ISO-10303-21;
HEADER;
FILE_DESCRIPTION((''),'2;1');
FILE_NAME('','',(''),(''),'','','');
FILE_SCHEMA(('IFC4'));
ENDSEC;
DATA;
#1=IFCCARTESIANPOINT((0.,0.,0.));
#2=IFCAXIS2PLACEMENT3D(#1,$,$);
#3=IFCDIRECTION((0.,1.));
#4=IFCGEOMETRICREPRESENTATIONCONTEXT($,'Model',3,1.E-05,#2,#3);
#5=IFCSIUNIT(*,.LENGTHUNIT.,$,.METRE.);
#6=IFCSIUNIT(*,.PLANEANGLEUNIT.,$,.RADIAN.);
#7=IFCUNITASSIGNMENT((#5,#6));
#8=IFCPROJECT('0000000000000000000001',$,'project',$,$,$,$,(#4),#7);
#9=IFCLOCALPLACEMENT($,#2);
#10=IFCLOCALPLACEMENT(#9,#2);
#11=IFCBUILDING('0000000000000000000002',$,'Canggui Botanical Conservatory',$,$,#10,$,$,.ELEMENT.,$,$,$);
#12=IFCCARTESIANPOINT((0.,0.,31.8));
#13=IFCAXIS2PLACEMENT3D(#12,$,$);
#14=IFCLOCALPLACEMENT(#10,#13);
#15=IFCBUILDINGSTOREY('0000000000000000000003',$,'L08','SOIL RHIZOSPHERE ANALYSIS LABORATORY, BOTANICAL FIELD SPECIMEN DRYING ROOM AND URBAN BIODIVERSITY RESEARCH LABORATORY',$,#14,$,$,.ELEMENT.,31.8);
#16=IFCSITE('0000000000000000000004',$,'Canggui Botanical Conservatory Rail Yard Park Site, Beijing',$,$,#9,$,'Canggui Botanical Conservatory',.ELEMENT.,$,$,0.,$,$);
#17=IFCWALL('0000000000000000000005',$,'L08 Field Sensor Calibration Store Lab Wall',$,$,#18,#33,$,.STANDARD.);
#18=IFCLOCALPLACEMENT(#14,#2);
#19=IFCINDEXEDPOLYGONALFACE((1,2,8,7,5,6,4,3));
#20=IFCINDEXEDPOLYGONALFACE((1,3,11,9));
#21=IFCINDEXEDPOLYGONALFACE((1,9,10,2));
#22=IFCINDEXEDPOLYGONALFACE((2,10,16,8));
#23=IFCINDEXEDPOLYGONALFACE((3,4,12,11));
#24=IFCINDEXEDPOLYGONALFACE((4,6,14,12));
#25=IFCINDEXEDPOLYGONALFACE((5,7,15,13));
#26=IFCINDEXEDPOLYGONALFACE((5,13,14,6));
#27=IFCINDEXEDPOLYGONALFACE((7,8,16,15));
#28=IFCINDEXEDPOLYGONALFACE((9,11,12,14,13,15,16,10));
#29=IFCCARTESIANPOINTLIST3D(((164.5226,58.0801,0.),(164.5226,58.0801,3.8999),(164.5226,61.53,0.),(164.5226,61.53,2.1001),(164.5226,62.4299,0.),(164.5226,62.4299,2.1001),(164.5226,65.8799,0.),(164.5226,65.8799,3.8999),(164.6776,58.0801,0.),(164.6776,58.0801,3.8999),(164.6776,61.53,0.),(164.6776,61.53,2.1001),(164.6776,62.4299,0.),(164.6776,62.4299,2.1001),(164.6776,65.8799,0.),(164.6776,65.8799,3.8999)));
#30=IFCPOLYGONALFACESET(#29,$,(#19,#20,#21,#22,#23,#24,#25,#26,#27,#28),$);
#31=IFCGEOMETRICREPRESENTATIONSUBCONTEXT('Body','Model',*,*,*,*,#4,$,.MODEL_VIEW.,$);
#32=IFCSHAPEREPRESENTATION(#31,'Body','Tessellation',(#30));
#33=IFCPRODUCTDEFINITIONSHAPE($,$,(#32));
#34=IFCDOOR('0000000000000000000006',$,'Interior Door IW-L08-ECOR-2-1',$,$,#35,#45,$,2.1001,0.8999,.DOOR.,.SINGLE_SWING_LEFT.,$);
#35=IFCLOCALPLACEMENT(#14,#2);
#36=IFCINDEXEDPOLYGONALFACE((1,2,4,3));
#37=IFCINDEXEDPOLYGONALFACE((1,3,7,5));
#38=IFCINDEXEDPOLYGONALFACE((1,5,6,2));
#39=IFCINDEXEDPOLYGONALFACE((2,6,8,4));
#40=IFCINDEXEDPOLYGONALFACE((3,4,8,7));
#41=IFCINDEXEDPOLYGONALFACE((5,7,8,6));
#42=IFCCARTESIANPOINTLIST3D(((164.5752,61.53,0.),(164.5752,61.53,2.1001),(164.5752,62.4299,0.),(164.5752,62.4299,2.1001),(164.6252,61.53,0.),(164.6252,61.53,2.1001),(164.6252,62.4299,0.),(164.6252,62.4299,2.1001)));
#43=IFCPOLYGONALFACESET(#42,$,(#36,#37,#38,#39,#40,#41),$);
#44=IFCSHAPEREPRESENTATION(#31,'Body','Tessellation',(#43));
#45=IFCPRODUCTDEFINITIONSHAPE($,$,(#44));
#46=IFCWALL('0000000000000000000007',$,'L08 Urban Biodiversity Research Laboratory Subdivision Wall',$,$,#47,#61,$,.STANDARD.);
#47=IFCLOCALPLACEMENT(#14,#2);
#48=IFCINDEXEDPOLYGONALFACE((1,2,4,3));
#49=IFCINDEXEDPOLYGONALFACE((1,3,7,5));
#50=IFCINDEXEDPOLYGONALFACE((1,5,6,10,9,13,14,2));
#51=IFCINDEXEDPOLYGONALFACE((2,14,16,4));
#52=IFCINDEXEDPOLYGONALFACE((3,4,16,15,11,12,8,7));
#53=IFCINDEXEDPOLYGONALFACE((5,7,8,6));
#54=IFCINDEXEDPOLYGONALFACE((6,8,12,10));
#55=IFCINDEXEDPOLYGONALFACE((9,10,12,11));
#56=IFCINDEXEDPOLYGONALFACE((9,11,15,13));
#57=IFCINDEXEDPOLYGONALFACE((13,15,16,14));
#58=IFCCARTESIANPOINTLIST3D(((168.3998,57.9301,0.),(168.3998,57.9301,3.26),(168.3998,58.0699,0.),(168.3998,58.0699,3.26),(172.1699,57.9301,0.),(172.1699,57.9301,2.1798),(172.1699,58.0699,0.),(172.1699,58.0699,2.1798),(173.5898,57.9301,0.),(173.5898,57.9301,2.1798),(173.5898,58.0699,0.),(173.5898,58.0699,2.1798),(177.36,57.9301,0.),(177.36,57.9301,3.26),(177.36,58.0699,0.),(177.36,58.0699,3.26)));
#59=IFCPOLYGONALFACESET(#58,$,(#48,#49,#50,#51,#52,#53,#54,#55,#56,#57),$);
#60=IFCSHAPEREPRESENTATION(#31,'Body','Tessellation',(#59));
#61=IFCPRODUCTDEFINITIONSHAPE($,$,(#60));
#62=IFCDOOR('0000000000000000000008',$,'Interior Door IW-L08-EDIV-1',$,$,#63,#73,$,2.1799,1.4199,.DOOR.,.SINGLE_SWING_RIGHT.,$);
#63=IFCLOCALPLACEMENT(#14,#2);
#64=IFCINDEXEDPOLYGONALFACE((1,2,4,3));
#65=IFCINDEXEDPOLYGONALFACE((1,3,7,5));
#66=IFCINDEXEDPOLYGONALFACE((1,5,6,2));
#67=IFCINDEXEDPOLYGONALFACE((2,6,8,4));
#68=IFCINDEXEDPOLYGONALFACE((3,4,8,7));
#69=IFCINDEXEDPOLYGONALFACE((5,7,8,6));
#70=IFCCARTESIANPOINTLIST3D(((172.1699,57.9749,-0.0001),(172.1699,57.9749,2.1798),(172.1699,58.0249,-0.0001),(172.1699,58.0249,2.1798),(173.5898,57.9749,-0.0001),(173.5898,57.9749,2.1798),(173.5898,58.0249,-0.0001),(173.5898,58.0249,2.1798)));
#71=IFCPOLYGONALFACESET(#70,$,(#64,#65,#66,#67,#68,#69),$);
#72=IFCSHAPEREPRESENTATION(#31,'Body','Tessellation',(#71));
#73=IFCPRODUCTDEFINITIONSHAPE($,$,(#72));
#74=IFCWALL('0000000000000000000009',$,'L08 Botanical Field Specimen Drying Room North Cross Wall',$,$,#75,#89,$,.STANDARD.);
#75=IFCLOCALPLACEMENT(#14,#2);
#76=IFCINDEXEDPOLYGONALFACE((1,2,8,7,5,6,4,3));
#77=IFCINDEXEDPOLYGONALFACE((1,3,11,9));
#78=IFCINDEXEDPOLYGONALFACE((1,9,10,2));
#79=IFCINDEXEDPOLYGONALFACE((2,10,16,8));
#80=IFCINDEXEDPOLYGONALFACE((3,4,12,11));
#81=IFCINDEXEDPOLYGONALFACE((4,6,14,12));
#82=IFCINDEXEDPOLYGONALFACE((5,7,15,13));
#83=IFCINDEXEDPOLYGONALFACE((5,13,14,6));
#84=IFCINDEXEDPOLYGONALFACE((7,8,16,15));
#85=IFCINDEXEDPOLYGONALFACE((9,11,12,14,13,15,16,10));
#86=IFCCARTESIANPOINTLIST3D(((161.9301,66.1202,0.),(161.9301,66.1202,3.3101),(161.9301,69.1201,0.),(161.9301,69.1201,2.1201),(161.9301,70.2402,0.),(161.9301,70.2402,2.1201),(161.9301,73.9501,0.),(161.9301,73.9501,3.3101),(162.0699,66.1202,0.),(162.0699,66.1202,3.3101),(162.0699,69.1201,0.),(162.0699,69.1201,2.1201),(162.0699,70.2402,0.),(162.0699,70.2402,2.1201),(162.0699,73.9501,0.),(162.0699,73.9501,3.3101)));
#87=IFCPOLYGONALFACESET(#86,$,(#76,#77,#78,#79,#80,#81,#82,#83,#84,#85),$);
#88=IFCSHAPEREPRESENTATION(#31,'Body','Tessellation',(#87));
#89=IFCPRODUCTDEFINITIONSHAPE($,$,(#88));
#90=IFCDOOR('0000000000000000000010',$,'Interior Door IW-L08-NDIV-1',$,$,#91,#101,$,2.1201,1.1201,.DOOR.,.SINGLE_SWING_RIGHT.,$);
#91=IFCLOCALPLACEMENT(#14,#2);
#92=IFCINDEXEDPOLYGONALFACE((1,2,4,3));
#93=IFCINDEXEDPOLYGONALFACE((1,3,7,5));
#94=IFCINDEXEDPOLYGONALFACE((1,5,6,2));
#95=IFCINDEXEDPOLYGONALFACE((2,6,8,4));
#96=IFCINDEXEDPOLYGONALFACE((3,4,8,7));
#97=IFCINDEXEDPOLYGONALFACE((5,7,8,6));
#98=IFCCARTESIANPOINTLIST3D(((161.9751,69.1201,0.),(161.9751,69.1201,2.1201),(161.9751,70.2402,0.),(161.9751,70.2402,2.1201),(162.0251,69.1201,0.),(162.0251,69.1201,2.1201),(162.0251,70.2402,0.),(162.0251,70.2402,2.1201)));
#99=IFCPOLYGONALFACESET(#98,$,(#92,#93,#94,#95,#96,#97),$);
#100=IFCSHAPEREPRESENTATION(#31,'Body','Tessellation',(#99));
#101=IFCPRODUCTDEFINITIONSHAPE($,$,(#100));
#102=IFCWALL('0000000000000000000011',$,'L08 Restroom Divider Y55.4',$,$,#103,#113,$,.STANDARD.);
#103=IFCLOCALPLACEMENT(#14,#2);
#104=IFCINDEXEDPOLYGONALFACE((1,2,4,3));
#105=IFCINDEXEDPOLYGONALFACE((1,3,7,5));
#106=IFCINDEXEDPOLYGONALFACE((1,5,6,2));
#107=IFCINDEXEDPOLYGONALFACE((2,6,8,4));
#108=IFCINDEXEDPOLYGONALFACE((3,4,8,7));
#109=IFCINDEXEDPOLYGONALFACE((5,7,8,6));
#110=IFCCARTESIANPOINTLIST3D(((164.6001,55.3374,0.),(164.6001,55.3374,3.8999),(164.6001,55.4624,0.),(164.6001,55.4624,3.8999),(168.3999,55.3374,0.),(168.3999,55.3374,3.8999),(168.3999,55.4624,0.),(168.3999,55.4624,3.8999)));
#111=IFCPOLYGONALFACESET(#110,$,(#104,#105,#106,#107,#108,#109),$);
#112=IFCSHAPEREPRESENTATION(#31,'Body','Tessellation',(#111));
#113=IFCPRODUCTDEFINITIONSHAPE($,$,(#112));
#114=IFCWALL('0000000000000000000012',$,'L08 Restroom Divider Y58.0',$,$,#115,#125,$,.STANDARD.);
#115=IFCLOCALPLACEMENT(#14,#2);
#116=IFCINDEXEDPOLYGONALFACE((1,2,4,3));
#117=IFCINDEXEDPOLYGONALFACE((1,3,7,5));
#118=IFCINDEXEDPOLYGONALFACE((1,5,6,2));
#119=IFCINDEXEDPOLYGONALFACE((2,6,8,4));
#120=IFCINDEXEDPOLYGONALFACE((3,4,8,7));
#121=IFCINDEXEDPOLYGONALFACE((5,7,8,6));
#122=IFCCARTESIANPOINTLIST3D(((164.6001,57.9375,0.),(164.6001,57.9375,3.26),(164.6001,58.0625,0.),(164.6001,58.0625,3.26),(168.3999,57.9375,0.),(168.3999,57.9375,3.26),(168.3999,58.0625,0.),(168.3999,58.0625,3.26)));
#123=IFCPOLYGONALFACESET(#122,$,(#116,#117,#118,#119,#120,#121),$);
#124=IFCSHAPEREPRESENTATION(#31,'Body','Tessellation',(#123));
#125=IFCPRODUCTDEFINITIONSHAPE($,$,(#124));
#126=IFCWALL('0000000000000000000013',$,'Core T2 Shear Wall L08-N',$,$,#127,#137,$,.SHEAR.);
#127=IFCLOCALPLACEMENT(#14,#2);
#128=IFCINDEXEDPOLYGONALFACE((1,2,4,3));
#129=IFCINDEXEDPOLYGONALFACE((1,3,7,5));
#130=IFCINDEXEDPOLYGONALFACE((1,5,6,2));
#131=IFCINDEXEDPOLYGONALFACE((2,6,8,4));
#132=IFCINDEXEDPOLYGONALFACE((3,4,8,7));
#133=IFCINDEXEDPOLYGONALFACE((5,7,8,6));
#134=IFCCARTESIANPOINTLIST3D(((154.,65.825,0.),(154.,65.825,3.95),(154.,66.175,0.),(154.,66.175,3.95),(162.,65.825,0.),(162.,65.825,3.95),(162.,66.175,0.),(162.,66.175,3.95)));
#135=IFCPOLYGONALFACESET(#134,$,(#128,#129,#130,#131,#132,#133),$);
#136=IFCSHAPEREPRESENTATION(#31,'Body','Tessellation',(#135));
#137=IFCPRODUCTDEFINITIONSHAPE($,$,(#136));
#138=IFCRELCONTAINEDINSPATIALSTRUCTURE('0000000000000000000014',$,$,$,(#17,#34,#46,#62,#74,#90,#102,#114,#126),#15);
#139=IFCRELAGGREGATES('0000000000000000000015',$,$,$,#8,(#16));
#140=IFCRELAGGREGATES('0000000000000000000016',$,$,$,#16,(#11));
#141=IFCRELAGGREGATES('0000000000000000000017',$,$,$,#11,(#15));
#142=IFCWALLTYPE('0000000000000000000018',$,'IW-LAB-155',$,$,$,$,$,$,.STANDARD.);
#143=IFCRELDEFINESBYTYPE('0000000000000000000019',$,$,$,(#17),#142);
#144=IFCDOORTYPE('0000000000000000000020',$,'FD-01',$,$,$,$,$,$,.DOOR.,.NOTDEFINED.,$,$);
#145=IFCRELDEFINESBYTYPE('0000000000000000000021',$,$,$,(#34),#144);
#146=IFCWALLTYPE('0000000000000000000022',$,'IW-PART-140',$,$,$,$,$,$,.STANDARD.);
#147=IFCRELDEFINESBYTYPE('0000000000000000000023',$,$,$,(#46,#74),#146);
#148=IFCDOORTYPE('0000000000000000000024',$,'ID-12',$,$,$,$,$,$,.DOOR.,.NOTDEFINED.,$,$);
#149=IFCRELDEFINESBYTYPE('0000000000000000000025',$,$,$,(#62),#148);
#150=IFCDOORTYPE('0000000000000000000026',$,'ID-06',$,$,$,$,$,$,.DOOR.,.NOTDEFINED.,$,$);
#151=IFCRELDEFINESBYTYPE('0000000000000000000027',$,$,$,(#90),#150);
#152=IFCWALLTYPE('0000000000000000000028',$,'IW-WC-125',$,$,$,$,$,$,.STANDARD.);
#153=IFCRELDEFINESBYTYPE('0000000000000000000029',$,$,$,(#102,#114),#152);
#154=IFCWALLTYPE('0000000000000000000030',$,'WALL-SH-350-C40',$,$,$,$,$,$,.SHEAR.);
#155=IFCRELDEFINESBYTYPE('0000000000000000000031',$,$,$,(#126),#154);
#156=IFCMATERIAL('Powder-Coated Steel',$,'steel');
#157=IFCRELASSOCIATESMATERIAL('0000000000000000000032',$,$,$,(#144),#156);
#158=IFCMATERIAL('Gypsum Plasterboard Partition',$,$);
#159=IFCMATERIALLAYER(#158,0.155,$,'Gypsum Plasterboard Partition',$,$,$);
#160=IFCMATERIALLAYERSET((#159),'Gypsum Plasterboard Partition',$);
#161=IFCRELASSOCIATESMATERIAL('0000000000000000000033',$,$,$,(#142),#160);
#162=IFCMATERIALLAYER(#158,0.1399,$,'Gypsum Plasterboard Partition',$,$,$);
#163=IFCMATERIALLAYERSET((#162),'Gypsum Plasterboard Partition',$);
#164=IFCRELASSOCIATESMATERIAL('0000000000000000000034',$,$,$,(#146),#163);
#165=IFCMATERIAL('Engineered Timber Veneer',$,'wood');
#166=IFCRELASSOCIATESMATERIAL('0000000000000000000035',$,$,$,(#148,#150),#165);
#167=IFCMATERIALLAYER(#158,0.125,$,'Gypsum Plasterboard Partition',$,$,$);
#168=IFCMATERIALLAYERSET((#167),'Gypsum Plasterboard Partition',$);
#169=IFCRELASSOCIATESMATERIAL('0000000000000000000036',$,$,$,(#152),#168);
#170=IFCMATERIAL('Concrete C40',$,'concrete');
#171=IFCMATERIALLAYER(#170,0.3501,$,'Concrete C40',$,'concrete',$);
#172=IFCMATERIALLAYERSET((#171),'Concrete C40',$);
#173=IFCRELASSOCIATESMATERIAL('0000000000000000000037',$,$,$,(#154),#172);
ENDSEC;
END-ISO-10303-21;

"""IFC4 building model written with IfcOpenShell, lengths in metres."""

from ifc_helpers import new_model, si_unit, direction, frame, frame_2d, origin, place, context, subcontext, project, spatial, rectangle, extrude, material, layer, layer_set, type_object, element, fill, save


model = new_model("IFC4")

# Units and contexts
model_context = context("Model", 3, precision=1e-05, world=origin(), true_north=direction((0.0, 1.0)))
body_context = subcontext(model_context, "Body", "Model", "MODEL_VIEW")
ifc_project = project(units=[si_unit("LENGTHUNIT", "METRE"), si_unit("PLANEANGLEUNIT", "RADIAN")], contexts=[model_context])

# Site, building, storey
site_placement = place(None, origin())
site = spatial("IfcSite", under=ifc_project, at=site_placement, Name="Canggui Botanical Conservatory Rail Yard Park Site, Beijing", LongName="Canggui Botanical Conservatory", CompositionType="ELEMENT", RefElevation=0.0)
building_placement = place(site_placement, origin())
building = spatial("IfcBuilding", under=site, at=building_placement, Name="Canggui Botanical Conservatory", CompositionType="ELEMENT")
storey_placement = place(building_placement, frame((0.0, 0.0, 31.8)))
storey = spatial("IfcBuildingStorey", under=building, at=storey_placement, Name="L08", Description="SOIL RHIZOSPHERE ANALYSIS LABORATORY, BOTANICAL FIELD SPECIMEN DRYING ROOM AND URBAN BIODIVERSITY RESEARCH LABORATORY", CompositionType="ELEMENT", Elevation=31.8)

# Shared definitions
ifc_material_1 = material(Name="Concrete C40", Category="concrete")

# Walls, openings, doors
ifc_material_2 = material(Name="Gypsum Plasterboard Partition")
ifc_material_3 = material(Name="Powder-Coated Steel", Category="steel")
door_type_1 = type_object("IfcDoorType", Name="FD-01", OperationType="NOTDEFINED", PredefinedType="DOOR", material=ifc_material_3)
ifc_layer_1 = layer(ifc_material_2, 0.155, Name="Gypsum Plasterboard Partition")
ifc_layer_set_1 = layer_set([ifc_layer_1], Name="Gypsum Plasterboard Partition")
wall_type_1 = type_object("IfcWallType", Name="IW-LAB-155", PredefinedType="STANDARD", material=ifc_layer_set_1)
wall_1_placement = place(storey_placement, frame((164.6001, 58.0801, 0.0), z_axis=(0.0, 0.0, 1.0), x_axis=(0.0, 1.0, 0.0)))
wall_1 = element("IfcWall", 1, at=wall_1_placement, inside=storey, type_object=wall_type_1, Name="L08 Field Sensor Calibration Store Lab Wall", PredefinedType="STANDARD", context=body_context, shape_type="SweptSolid", body=[
    extrude(rectangle(XDim=7.7998, YDim=0.155, at=frame_2d((3.8999, 0.0))), origin(), (0.0, 0.0, 1.0), 3.8999),
])
opening_1_placement = place(wall_1_placement, frame((3.45, 0.0, 0.0)))
opening_1 = element("IfcOpeningElement", 2, at=opening_1_placement, cuts=wall_1, PredefinedType="OPENING", context=body_context, shape_type="SweptSolid", body=[
    extrude(rectangle(XDim=0.8999, YDim=2.1001, at=frame_2d((0.45, 1.05))), frame((0.0, 0.0874, 0.0), z_axis=(0.0, -1.0, 0.0), x_axis=(1.0, 0.0, 0.0)), (0.0, 0.0, 1.0), 0.175),
])
door_1_placement = place(opening_1_placement, origin())
door_1 = element("IfcDoor", 3, at=door_1_placement, inside=storey, type_object=door_type_1, Name="Interior Door IW-L08-ECOR-2-1", OperationType="SINGLE_SWING_LEFT", OverallHeight=2.1001, OverallWidth=0.8999, PredefinedType="DOOR", context=body_context, shape_type="SweptSolid", body=[
    extrude(rectangle(XDim=0.8999, YDim=2.1001, at=frame_2d((0.45, 1.05))), frame((0.0, 0.0249, 0.0), z_axis=(0.0, -1.0, 0.0), x_axis=(1.0, 0.0, 0.0)), (0.0, 0.0, 1.0), 0.05),
])
fill(opening_1, door_1)
ifc_layer_2 = layer(ifc_material_2, 0.1399, Name="Gypsum Plasterboard Partition")
ifc_layer_set_2 = layer_set([ifc_layer_2], Name="Gypsum Plasterboard Partition")
wall_type_2 = type_object("IfcWallType", Name="IW-PART-140", PredefinedType="STANDARD", material=ifc_layer_set_2)
wall_2_placement = place(storey_placement, frame((168.3999, 58.0, 0.0), z_axis=(0.0, 0.0, 1.0), x_axis=(1.0, 0.0, 0.0)))
wall_2 = element("IfcWall", 4, at=wall_2_placement, inside=storey, type_object=wall_type_2, Name="L08 Urban Biodiversity Research Laboratory Subdivision Wall", PredefinedType="STANDARD", context=body_context, shape_type="SweptSolid", body=[
    extrude(rectangle(XDim=8.9602, YDim=0.1399, at=frame_2d((4.48, 0.0))), origin(), (0.0, 0.0, 1.0), 3.26),
])
opening_2_placement = place(wall_2_placement, frame((3.77, 0.0, 0.0)))
opening_2 = element("IfcOpeningElement", 5, at=opening_2_placement, cuts=wall_2, PredefinedType="OPENING", context=body_context, shape_type="SweptSolid", body=[
    extrude(rectangle(XDim=1.4199, YDim=2.1799, at=frame_2d((0.71, 1.0898))), frame((0.0, 0.0801, 0.0), z_axis=(0.0, -1.0, 0.0), x_axis=(1.0, 0.0, 0.0)), (0.0, 0.0, 1.0), 0.1599),
])
ifc_material_4 = material(Name="Engineered Timber Veneer", Category="wood")
door_type_2 = type_object("IfcDoorType", Name="ID-12", OperationType="NOTDEFINED", PredefinedType="DOOR", material=ifc_material_4)
door_2_placement = place(opening_2_placement, origin())
door_2 = element("IfcDoor", 6, at=door_2_placement, inside=storey, type_object=door_type_2, Name="Interior Door IW-L08-EDIV-1", OperationType="SINGLE_SWING_RIGHT", OverallHeight=2.1799, OverallWidth=1.4199, PredefinedType="DOOR", context=body_context, shape_type="SweptSolid", body=[
    extrude(rectangle(XDim=1.4199, YDim=2.1799, at=frame_2d((0.71, 1.0898))), frame((0.0, 0.0249, 0.0), z_axis=(0.0, -1.0, 0.0), x_axis=(1.0, 0.0, 0.0)), (0.0, 0.0, 1.0), 0.05),
])
fill(opening_2, door_2)
wall_3_placement = place(storey_placement, frame((162.0, 66.1201, 0.0), z_axis=(0.0, 0.0, 1.0), x_axis=(0.0, 1.0, 0.0)))
wall_3 = element("IfcWall", 7, at=wall_3_placement, inside=storey, type_object=wall_type_2, Name="L08 Botanical Field Specimen Drying Room North Cross Wall", PredefinedType="STANDARD", context=body_context, shape_type="SweptSolid", body=[
    extrude(rectangle(XDim=7.8298, YDim=0.1399, at=frame_2d((3.915, 0.0))), origin(), (0.0, 0.0, 1.0), 3.3101),
])
opening_3_placement = place(wall_3_placement, frame((3.0, 0.0, 0.0)))
opening_3 = element("IfcOpeningElement", 8, at=opening_3_placement, cuts=wall_3, PredefinedType="OPENING", context=body_context, shape_type="SweptSolid", body=[
    extrude(rectangle(XDim=1.1201, YDim=2.1201, at=frame_2d((0.5601, 1.0601))), frame((0.0, 0.0801, 0.0), z_axis=(0.0, -1.0, 0.0), x_axis=(1.0, 0.0, 0.0)), (0.0, 0.0, 1.0), 0.1599),
])
door_type_3 = type_object("IfcDoorType", Name="ID-06", OperationType="NOTDEFINED", PredefinedType="DOOR", material=ifc_material_4)
door_3_placement = place(opening_3_placement, origin())
door_3 = element("IfcDoor", 9, at=door_3_placement, inside=storey, type_object=door_type_3, Name="Interior Door IW-L08-NDIV-1", OperationType="SINGLE_SWING_RIGHT", OverallHeight=2.1201, OverallWidth=1.1201, PredefinedType="DOOR", context=body_context, shape_type="SweptSolid", body=[
    extrude(rectangle(XDim=1.1201, YDim=2.1201, at=frame_2d((0.5601, 1.0601))), frame((0.0, 0.0249, 0.0), z_axis=(0.0, -1.0, 0.0), x_axis=(1.0, 0.0, 0.0)), (0.0, 0.0, 1.0), 0.05),
])
fill(opening_3, door_3)

# Walls
ifc_layer_3 = layer(ifc_material_2, 0.125, Name="Gypsum Plasterboard Partition")
ifc_layer_set_3 = layer_set([ifc_layer_3], Name="Gypsum Plasterboard Partition")
wall_type_3 = type_object("IfcWallType", Name="IW-WC-125", PredefinedType="STANDARD", material=ifc_layer_set_3)
wall_4_placement = place(storey_placement, frame((164.6001, 55.3999, 0.0), z_axis=(0.0, 0.0, 1.0), x_axis=(1.0, 0.0, 0.0)))
element("IfcWall", 10, at=wall_4_placement, inside=storey, type_object=wall_type_3, Name="L08 Restroom Divider Y55.4", PredefinedType="STANDARD", context=body_context, shape_type="SweptSolid", body=[
    extrude(rectangle(XDim=3.7998, YDim=0.125, at=frame_2d((1.8999, 0.0))), origin(), (0.0, 0.0, 1.0), 3.8999),
])
wall_5_placement = place(storey_placement, frame((164.6001, 58.0, 0.0), z_axis=(0.0, 0.0, 1.0), x_axis=(1.0, 0.0, 0.0)))
element("IfcWall", 11, at=wall_5_placement, inside=storey, type_object=wall_type_3, Name="L08 Restroom Divider Y58.0", PredefinedType="STANDARD", context=body_context, shape_type="SweptSolid", body=[
    extrude(rectangle(XDim=3.7998, YDim=0.125, at=frame_2d((1.8999, 0.0))), origin(), (0.0, 0.0, 1.0), 3.26),
])
ifc_layer_4 = layer(ifc_material_1, 0.3501, Name="Concrete C40", Category="concrete")
ifc_layer_set_4 = layer_set([ifc_layer_4], Name="Concrete C40")
wall_type_4 = type_object("IfcWallType", Name="WALL-SH-350-C40", PredefinedType="SHEAR", material=ifc_layer_set_4)
wall_6_placement = place(storey_placement, frame((162.0, 66.0, 0.0), z_axis=(0.0, 0.0, 1.0), x_axis=(-1.0, 0.0, 0.0)))
element("IfcWall", 12, at=wall_6_placement, inside=storey, type_object=wall_type_4, Name="Core T2 Shear Wall L08-N", PredefinedType="SHEAR", context=body_context, shape_type="SweptSolid", body=[
    extrude(rectangle(XDim=8.0, YDim=0.3501, at=frame_2d((4.0, 0.0))), origin(), (0.0, 0.0, 1.0), 3.95),
])

save(model, "model.ifc")
